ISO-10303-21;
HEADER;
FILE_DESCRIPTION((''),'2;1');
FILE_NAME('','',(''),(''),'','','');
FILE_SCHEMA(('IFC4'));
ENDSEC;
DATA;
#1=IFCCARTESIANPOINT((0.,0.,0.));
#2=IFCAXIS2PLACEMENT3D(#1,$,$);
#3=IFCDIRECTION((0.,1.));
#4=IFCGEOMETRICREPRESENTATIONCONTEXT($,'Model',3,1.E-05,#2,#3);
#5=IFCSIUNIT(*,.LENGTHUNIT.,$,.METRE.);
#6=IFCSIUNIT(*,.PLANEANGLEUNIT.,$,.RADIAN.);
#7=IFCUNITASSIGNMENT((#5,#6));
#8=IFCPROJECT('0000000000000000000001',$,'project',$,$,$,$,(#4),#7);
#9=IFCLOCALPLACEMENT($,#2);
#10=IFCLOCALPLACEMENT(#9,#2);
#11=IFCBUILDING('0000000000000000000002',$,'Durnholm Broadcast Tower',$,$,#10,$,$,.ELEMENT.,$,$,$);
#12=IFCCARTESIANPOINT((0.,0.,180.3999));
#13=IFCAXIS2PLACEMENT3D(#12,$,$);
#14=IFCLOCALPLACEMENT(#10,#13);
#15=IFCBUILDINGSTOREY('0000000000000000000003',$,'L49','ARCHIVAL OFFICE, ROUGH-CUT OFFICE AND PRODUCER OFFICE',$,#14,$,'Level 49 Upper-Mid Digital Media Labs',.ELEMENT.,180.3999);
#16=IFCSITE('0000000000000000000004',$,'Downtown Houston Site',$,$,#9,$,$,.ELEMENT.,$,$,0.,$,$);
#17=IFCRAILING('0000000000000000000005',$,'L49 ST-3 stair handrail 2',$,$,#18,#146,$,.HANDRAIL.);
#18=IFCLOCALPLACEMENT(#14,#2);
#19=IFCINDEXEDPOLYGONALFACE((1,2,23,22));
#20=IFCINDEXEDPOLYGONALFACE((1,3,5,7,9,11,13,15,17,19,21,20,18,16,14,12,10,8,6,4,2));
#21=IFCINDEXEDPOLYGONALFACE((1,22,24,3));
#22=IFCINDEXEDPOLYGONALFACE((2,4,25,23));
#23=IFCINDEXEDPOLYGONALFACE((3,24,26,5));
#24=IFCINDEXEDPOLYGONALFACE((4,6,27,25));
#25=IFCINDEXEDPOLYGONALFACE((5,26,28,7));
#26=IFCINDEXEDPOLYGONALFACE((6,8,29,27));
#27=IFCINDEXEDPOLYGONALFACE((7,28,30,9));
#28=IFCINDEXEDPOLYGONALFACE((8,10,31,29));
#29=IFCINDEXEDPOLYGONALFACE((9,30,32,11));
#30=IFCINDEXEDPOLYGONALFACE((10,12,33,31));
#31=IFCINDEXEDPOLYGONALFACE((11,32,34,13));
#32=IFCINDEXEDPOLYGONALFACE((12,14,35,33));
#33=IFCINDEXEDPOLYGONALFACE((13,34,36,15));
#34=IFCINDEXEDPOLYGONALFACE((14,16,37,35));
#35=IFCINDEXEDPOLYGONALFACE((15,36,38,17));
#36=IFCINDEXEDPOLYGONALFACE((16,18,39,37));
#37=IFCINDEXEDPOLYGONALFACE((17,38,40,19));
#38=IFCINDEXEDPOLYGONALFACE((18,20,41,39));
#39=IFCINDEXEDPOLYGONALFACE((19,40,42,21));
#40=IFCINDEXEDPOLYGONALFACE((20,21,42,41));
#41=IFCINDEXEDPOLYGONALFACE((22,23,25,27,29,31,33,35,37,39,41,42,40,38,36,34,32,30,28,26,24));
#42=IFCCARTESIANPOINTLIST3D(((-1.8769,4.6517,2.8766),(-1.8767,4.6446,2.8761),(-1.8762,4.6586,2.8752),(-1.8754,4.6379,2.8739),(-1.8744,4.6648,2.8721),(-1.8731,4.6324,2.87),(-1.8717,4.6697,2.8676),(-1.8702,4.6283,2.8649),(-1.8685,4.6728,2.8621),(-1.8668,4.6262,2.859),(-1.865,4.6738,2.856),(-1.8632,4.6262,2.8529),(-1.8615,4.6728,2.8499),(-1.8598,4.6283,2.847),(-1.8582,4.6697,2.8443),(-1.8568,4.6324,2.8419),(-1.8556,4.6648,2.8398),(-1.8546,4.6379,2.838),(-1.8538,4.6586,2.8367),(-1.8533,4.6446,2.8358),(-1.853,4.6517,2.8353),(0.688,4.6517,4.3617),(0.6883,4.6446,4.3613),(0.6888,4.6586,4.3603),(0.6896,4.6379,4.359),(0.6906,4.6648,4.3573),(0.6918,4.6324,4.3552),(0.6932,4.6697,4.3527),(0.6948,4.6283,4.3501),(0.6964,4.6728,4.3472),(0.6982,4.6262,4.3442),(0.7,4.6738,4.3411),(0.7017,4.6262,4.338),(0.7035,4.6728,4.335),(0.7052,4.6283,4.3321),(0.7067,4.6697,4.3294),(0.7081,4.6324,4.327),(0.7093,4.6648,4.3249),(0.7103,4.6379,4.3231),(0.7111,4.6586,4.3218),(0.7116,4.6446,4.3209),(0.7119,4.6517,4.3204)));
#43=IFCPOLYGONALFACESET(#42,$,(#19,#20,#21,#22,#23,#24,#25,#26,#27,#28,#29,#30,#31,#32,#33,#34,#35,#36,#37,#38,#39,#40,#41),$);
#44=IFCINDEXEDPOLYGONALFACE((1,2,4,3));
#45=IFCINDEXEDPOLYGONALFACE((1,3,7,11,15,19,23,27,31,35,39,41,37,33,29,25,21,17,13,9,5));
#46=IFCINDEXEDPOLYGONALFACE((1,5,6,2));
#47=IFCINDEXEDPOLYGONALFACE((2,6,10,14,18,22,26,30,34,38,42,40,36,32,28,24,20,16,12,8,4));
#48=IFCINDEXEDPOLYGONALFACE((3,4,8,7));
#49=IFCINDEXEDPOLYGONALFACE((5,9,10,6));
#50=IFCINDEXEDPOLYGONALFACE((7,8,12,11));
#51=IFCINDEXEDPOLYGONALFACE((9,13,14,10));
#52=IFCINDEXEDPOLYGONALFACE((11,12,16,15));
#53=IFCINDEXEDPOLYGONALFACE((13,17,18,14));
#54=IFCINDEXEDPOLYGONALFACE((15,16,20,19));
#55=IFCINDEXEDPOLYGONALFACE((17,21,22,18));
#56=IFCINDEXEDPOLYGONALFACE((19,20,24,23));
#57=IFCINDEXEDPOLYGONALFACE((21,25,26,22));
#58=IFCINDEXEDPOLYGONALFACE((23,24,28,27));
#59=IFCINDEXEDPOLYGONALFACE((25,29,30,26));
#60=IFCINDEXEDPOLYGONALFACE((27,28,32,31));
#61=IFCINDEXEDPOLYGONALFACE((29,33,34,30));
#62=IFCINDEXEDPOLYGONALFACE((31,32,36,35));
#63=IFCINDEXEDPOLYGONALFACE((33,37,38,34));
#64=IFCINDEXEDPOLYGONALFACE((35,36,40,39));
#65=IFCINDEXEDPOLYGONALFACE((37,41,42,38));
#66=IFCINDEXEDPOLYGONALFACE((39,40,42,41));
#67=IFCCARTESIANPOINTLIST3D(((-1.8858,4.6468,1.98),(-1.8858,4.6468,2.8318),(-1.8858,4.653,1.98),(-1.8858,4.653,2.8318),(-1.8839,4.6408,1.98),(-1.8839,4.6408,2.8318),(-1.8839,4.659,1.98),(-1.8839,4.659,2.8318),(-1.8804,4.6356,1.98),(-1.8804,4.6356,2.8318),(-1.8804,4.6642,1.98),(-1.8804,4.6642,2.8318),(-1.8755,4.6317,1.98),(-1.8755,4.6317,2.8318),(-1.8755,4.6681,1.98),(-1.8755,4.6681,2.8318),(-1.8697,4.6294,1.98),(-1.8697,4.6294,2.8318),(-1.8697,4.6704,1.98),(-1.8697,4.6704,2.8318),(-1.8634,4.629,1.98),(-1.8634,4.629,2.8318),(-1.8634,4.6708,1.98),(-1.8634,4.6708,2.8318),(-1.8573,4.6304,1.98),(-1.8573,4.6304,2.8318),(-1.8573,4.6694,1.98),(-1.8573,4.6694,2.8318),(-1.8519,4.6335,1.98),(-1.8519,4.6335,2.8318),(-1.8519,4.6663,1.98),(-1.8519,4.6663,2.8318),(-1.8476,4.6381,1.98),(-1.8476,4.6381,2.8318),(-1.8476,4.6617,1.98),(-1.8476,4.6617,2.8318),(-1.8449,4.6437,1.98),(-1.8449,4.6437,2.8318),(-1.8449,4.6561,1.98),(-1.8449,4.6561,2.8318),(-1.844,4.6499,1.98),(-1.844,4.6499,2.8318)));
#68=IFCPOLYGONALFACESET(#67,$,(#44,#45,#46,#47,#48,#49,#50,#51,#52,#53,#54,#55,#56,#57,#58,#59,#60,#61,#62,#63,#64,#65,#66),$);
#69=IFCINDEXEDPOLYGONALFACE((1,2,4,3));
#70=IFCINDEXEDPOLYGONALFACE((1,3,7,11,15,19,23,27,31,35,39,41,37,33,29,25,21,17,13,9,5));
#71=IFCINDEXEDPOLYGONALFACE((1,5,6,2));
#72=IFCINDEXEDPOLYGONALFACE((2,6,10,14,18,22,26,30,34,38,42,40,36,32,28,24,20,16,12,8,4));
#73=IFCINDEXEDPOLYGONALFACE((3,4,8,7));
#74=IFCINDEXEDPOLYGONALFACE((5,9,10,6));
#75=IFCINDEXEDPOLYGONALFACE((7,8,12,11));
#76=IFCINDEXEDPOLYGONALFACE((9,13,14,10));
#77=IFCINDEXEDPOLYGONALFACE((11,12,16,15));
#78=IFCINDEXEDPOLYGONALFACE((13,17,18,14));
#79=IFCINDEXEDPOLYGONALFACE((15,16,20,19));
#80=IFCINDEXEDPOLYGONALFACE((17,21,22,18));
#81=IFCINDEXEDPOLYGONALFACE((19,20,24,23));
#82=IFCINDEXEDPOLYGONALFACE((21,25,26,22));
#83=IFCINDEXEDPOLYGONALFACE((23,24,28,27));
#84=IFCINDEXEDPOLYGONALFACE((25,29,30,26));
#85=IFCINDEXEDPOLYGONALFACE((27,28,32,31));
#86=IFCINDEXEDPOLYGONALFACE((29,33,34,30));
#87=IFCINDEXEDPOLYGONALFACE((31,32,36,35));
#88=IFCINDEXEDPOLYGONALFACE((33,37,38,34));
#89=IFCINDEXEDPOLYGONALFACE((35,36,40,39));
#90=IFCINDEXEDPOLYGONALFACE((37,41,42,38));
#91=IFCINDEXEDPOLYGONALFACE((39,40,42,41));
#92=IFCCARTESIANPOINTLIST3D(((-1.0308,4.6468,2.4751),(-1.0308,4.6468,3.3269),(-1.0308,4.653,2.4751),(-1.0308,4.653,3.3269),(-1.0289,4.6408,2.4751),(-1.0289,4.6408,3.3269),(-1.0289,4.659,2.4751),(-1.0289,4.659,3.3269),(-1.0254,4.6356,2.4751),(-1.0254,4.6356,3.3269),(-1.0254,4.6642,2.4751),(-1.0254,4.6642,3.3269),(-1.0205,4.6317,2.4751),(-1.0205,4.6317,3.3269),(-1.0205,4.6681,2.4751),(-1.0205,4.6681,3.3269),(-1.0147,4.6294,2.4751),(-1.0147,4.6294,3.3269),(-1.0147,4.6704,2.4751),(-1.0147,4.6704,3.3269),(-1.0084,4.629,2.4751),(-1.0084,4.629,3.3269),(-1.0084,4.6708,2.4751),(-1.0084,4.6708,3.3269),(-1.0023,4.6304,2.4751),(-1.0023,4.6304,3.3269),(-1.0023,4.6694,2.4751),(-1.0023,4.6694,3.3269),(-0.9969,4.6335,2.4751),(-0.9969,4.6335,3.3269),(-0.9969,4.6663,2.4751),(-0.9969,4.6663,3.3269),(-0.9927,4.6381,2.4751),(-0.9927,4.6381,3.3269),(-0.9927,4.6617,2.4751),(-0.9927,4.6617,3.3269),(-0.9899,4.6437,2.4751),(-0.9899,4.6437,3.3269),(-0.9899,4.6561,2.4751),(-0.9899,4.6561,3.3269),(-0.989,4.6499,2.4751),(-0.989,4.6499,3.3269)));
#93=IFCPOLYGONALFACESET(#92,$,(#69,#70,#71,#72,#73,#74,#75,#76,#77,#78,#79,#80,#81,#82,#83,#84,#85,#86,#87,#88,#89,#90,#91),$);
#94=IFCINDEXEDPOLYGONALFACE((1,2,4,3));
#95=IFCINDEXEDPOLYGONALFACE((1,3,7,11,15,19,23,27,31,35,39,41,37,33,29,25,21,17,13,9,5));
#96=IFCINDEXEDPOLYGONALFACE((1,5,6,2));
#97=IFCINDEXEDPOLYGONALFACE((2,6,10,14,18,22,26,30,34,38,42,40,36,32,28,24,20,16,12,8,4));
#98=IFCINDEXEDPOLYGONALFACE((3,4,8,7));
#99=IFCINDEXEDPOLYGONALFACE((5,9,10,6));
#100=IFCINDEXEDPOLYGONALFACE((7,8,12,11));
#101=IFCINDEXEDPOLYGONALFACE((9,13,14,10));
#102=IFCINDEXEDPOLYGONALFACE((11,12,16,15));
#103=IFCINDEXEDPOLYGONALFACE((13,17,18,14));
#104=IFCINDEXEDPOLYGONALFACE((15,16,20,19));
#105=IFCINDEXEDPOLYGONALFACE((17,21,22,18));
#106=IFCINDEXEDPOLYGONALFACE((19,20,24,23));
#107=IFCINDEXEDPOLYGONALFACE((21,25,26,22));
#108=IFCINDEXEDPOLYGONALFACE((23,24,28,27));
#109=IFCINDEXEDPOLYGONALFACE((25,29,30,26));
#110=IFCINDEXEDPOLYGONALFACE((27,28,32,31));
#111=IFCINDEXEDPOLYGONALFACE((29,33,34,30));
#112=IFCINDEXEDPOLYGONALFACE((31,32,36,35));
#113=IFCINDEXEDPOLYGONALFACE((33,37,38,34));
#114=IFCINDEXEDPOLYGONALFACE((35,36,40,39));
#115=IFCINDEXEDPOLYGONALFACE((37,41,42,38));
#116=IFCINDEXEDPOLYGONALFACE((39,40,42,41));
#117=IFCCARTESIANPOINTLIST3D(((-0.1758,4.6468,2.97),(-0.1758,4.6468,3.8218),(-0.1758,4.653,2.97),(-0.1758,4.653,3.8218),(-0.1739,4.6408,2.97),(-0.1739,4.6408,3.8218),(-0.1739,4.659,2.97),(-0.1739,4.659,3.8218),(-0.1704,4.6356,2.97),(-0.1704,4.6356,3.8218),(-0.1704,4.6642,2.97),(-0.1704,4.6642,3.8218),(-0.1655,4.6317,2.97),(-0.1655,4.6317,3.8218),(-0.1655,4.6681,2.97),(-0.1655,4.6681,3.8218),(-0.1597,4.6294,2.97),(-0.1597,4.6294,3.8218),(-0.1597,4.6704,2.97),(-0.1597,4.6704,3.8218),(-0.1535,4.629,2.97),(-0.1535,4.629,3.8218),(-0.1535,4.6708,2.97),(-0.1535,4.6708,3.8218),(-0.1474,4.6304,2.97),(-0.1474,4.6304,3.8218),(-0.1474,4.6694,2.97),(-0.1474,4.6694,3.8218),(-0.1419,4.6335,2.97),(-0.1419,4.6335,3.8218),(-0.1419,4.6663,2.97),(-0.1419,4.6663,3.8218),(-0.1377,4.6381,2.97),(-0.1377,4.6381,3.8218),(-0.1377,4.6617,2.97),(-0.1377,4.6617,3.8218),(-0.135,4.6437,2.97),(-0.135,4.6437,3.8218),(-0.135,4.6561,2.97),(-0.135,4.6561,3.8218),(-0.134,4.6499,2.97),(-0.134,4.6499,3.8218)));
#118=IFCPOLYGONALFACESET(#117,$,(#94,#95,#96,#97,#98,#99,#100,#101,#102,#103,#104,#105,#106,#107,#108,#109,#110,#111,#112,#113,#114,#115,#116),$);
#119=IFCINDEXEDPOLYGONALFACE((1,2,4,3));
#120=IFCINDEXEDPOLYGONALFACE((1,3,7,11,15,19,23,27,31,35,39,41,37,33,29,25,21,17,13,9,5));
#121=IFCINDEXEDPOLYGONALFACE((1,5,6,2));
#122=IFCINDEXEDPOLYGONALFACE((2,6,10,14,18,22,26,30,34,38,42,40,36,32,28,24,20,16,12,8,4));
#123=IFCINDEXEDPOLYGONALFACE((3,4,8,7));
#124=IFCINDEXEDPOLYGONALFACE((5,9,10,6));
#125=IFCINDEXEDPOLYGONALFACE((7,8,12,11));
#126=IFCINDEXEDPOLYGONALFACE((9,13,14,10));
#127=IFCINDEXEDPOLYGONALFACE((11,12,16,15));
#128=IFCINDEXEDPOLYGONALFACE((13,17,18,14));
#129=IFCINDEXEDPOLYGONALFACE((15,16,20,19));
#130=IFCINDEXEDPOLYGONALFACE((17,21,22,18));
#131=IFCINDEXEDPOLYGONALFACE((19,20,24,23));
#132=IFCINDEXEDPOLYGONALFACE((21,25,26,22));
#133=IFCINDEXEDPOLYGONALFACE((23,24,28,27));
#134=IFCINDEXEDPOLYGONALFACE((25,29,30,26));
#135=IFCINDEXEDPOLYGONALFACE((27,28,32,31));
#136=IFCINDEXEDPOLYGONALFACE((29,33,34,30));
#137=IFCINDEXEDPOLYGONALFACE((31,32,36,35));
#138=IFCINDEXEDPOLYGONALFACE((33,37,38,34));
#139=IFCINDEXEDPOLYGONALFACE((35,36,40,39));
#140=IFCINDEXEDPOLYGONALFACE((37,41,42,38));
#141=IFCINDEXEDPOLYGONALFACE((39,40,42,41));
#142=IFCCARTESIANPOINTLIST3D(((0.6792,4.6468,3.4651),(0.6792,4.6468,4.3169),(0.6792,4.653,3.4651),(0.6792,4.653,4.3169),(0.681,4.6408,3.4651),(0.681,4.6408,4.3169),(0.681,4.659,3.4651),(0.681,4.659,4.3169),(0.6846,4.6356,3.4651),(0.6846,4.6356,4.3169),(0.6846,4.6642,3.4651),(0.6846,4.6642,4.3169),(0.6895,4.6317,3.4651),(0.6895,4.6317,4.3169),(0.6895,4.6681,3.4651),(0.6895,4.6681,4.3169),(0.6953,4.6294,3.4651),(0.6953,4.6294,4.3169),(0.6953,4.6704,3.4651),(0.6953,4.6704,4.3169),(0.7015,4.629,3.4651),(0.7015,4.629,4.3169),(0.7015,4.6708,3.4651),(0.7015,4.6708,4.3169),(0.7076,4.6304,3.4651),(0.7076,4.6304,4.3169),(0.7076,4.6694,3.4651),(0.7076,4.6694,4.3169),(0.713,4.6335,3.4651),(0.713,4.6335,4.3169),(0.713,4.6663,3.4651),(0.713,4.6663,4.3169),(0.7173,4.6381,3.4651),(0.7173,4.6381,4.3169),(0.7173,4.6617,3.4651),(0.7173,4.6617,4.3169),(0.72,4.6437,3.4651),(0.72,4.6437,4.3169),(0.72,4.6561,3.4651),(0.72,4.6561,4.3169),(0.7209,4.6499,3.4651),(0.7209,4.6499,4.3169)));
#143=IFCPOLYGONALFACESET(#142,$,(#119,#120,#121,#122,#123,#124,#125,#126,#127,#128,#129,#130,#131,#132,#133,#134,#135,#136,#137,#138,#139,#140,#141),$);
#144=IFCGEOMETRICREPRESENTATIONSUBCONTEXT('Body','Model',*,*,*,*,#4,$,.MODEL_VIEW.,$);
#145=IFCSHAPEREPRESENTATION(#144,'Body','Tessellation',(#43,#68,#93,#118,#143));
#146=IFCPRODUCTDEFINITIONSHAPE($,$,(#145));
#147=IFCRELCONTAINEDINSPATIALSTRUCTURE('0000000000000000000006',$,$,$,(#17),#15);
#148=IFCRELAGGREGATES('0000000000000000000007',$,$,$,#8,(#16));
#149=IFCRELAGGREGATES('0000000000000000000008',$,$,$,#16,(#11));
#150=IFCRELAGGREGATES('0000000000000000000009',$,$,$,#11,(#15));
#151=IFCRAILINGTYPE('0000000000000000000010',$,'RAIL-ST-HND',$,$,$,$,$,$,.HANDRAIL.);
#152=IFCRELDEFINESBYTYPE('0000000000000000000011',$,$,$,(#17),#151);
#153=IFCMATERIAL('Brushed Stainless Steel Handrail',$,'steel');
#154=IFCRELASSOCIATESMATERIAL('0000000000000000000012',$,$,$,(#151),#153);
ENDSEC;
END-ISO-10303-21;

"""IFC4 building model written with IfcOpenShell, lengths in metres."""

from ifc_helpers import new_model, si_unit, direction, frame, origin, origin_2d, place, context, subcontext, project, spatial, circle, extrude, material, type_object, element, save


model = new_model("IFC4")

# Units and contexts
model_context = context("Model", 3, precision=1e-05, world=origin(), true_north=direction((0.0, 1.0)))
body_context = subcontext(model_context, "Body", "Model", "MODEL_VIEW")
ifc_project = project(units=[si_unit("LENGTHUNIT", "METRE"), si_unit("PLANEANGLEUNIT", "RADIAN")], contexts=[model_context])

# Site, building, storey
site_placement = place(None, origin())
site = spatial("IfcSite", under=ifc_project, at=site_placement, Name="Downtown Houston Site", CompositionType="ELEMENT", RefElevation=0.0)
building_placement = place(site_placement, origin())
building = spatial("IfcBuilding", under=site, at=building_placement, Name="Durnholm Broadcast Tower", CompositionType="ELEMENT")
storey_placement = place(building_placement, frame((0.0, 0.0, 180.3999)))
storey = spatial("IfcBuildingStorey", under=building, at=storey_placement, Name="L49", Description="ARCHIVAL OFFICE, ROUGH-CUT OFFICE AND PRODUCER OFFICE", LongName="Level 49 Upper-Mid Digital Media Labs", CompositionType="ELEMENT", Elevation=180.3999)

# Railing
ifc_material_1 = material(Name="Brushed Stainless Steel Handrail", Category="steel")
railing_type_1 = type_object("IfcRailingType", Name="RAIL-ST-HND", PredefinedType="HANDRAIL", material=ifc_material_1)
railing_1_placement = place(storey_placement, frame((-1.865, 4.6499, 1.98)))
element("IfcRailing", 1, at=railing_1_placement, inside=storey, type_object=railing_type_1, Name="L49 ST-3 stair handrail 2", PredefinedType="HANDRAIL", context=body_context, shape_type="SweptSolid", body=[
    extrude(circle(Radius=0.0239, at=origin_2d()), frame((0.0, 0.0, 0.876), z_axis=(0.865406, 0.0, 0.501072), x_axis=(0.0, 1.0, 0.0)), (0.0, 0.0, 1.0), 2.9639),
    extrude(circle(Radius=0.021, at=origin_2d()), origin(), (0.0, 0.0, 1.0), 0.8518),
    extrude(circle(Radius=0.021, at=origin_2d()), frame((0.855, 0.0, 0.4951)), (0.0, 0.0, 1.0), 0.8518),
    extrude(circle(Radius=0.021, at=origin_2d()), frame((1.71, 0.0, 0.99)), (0.0, 0.0, 1.0), 0.8518),
    extrude(circle(Radius=0.021, at=origin_2d()), frame((2.5649, 0.0, 1.4851)), (0.0, 0.0, 1.0), 0.8518),
])

save(model, "model.ifc")
